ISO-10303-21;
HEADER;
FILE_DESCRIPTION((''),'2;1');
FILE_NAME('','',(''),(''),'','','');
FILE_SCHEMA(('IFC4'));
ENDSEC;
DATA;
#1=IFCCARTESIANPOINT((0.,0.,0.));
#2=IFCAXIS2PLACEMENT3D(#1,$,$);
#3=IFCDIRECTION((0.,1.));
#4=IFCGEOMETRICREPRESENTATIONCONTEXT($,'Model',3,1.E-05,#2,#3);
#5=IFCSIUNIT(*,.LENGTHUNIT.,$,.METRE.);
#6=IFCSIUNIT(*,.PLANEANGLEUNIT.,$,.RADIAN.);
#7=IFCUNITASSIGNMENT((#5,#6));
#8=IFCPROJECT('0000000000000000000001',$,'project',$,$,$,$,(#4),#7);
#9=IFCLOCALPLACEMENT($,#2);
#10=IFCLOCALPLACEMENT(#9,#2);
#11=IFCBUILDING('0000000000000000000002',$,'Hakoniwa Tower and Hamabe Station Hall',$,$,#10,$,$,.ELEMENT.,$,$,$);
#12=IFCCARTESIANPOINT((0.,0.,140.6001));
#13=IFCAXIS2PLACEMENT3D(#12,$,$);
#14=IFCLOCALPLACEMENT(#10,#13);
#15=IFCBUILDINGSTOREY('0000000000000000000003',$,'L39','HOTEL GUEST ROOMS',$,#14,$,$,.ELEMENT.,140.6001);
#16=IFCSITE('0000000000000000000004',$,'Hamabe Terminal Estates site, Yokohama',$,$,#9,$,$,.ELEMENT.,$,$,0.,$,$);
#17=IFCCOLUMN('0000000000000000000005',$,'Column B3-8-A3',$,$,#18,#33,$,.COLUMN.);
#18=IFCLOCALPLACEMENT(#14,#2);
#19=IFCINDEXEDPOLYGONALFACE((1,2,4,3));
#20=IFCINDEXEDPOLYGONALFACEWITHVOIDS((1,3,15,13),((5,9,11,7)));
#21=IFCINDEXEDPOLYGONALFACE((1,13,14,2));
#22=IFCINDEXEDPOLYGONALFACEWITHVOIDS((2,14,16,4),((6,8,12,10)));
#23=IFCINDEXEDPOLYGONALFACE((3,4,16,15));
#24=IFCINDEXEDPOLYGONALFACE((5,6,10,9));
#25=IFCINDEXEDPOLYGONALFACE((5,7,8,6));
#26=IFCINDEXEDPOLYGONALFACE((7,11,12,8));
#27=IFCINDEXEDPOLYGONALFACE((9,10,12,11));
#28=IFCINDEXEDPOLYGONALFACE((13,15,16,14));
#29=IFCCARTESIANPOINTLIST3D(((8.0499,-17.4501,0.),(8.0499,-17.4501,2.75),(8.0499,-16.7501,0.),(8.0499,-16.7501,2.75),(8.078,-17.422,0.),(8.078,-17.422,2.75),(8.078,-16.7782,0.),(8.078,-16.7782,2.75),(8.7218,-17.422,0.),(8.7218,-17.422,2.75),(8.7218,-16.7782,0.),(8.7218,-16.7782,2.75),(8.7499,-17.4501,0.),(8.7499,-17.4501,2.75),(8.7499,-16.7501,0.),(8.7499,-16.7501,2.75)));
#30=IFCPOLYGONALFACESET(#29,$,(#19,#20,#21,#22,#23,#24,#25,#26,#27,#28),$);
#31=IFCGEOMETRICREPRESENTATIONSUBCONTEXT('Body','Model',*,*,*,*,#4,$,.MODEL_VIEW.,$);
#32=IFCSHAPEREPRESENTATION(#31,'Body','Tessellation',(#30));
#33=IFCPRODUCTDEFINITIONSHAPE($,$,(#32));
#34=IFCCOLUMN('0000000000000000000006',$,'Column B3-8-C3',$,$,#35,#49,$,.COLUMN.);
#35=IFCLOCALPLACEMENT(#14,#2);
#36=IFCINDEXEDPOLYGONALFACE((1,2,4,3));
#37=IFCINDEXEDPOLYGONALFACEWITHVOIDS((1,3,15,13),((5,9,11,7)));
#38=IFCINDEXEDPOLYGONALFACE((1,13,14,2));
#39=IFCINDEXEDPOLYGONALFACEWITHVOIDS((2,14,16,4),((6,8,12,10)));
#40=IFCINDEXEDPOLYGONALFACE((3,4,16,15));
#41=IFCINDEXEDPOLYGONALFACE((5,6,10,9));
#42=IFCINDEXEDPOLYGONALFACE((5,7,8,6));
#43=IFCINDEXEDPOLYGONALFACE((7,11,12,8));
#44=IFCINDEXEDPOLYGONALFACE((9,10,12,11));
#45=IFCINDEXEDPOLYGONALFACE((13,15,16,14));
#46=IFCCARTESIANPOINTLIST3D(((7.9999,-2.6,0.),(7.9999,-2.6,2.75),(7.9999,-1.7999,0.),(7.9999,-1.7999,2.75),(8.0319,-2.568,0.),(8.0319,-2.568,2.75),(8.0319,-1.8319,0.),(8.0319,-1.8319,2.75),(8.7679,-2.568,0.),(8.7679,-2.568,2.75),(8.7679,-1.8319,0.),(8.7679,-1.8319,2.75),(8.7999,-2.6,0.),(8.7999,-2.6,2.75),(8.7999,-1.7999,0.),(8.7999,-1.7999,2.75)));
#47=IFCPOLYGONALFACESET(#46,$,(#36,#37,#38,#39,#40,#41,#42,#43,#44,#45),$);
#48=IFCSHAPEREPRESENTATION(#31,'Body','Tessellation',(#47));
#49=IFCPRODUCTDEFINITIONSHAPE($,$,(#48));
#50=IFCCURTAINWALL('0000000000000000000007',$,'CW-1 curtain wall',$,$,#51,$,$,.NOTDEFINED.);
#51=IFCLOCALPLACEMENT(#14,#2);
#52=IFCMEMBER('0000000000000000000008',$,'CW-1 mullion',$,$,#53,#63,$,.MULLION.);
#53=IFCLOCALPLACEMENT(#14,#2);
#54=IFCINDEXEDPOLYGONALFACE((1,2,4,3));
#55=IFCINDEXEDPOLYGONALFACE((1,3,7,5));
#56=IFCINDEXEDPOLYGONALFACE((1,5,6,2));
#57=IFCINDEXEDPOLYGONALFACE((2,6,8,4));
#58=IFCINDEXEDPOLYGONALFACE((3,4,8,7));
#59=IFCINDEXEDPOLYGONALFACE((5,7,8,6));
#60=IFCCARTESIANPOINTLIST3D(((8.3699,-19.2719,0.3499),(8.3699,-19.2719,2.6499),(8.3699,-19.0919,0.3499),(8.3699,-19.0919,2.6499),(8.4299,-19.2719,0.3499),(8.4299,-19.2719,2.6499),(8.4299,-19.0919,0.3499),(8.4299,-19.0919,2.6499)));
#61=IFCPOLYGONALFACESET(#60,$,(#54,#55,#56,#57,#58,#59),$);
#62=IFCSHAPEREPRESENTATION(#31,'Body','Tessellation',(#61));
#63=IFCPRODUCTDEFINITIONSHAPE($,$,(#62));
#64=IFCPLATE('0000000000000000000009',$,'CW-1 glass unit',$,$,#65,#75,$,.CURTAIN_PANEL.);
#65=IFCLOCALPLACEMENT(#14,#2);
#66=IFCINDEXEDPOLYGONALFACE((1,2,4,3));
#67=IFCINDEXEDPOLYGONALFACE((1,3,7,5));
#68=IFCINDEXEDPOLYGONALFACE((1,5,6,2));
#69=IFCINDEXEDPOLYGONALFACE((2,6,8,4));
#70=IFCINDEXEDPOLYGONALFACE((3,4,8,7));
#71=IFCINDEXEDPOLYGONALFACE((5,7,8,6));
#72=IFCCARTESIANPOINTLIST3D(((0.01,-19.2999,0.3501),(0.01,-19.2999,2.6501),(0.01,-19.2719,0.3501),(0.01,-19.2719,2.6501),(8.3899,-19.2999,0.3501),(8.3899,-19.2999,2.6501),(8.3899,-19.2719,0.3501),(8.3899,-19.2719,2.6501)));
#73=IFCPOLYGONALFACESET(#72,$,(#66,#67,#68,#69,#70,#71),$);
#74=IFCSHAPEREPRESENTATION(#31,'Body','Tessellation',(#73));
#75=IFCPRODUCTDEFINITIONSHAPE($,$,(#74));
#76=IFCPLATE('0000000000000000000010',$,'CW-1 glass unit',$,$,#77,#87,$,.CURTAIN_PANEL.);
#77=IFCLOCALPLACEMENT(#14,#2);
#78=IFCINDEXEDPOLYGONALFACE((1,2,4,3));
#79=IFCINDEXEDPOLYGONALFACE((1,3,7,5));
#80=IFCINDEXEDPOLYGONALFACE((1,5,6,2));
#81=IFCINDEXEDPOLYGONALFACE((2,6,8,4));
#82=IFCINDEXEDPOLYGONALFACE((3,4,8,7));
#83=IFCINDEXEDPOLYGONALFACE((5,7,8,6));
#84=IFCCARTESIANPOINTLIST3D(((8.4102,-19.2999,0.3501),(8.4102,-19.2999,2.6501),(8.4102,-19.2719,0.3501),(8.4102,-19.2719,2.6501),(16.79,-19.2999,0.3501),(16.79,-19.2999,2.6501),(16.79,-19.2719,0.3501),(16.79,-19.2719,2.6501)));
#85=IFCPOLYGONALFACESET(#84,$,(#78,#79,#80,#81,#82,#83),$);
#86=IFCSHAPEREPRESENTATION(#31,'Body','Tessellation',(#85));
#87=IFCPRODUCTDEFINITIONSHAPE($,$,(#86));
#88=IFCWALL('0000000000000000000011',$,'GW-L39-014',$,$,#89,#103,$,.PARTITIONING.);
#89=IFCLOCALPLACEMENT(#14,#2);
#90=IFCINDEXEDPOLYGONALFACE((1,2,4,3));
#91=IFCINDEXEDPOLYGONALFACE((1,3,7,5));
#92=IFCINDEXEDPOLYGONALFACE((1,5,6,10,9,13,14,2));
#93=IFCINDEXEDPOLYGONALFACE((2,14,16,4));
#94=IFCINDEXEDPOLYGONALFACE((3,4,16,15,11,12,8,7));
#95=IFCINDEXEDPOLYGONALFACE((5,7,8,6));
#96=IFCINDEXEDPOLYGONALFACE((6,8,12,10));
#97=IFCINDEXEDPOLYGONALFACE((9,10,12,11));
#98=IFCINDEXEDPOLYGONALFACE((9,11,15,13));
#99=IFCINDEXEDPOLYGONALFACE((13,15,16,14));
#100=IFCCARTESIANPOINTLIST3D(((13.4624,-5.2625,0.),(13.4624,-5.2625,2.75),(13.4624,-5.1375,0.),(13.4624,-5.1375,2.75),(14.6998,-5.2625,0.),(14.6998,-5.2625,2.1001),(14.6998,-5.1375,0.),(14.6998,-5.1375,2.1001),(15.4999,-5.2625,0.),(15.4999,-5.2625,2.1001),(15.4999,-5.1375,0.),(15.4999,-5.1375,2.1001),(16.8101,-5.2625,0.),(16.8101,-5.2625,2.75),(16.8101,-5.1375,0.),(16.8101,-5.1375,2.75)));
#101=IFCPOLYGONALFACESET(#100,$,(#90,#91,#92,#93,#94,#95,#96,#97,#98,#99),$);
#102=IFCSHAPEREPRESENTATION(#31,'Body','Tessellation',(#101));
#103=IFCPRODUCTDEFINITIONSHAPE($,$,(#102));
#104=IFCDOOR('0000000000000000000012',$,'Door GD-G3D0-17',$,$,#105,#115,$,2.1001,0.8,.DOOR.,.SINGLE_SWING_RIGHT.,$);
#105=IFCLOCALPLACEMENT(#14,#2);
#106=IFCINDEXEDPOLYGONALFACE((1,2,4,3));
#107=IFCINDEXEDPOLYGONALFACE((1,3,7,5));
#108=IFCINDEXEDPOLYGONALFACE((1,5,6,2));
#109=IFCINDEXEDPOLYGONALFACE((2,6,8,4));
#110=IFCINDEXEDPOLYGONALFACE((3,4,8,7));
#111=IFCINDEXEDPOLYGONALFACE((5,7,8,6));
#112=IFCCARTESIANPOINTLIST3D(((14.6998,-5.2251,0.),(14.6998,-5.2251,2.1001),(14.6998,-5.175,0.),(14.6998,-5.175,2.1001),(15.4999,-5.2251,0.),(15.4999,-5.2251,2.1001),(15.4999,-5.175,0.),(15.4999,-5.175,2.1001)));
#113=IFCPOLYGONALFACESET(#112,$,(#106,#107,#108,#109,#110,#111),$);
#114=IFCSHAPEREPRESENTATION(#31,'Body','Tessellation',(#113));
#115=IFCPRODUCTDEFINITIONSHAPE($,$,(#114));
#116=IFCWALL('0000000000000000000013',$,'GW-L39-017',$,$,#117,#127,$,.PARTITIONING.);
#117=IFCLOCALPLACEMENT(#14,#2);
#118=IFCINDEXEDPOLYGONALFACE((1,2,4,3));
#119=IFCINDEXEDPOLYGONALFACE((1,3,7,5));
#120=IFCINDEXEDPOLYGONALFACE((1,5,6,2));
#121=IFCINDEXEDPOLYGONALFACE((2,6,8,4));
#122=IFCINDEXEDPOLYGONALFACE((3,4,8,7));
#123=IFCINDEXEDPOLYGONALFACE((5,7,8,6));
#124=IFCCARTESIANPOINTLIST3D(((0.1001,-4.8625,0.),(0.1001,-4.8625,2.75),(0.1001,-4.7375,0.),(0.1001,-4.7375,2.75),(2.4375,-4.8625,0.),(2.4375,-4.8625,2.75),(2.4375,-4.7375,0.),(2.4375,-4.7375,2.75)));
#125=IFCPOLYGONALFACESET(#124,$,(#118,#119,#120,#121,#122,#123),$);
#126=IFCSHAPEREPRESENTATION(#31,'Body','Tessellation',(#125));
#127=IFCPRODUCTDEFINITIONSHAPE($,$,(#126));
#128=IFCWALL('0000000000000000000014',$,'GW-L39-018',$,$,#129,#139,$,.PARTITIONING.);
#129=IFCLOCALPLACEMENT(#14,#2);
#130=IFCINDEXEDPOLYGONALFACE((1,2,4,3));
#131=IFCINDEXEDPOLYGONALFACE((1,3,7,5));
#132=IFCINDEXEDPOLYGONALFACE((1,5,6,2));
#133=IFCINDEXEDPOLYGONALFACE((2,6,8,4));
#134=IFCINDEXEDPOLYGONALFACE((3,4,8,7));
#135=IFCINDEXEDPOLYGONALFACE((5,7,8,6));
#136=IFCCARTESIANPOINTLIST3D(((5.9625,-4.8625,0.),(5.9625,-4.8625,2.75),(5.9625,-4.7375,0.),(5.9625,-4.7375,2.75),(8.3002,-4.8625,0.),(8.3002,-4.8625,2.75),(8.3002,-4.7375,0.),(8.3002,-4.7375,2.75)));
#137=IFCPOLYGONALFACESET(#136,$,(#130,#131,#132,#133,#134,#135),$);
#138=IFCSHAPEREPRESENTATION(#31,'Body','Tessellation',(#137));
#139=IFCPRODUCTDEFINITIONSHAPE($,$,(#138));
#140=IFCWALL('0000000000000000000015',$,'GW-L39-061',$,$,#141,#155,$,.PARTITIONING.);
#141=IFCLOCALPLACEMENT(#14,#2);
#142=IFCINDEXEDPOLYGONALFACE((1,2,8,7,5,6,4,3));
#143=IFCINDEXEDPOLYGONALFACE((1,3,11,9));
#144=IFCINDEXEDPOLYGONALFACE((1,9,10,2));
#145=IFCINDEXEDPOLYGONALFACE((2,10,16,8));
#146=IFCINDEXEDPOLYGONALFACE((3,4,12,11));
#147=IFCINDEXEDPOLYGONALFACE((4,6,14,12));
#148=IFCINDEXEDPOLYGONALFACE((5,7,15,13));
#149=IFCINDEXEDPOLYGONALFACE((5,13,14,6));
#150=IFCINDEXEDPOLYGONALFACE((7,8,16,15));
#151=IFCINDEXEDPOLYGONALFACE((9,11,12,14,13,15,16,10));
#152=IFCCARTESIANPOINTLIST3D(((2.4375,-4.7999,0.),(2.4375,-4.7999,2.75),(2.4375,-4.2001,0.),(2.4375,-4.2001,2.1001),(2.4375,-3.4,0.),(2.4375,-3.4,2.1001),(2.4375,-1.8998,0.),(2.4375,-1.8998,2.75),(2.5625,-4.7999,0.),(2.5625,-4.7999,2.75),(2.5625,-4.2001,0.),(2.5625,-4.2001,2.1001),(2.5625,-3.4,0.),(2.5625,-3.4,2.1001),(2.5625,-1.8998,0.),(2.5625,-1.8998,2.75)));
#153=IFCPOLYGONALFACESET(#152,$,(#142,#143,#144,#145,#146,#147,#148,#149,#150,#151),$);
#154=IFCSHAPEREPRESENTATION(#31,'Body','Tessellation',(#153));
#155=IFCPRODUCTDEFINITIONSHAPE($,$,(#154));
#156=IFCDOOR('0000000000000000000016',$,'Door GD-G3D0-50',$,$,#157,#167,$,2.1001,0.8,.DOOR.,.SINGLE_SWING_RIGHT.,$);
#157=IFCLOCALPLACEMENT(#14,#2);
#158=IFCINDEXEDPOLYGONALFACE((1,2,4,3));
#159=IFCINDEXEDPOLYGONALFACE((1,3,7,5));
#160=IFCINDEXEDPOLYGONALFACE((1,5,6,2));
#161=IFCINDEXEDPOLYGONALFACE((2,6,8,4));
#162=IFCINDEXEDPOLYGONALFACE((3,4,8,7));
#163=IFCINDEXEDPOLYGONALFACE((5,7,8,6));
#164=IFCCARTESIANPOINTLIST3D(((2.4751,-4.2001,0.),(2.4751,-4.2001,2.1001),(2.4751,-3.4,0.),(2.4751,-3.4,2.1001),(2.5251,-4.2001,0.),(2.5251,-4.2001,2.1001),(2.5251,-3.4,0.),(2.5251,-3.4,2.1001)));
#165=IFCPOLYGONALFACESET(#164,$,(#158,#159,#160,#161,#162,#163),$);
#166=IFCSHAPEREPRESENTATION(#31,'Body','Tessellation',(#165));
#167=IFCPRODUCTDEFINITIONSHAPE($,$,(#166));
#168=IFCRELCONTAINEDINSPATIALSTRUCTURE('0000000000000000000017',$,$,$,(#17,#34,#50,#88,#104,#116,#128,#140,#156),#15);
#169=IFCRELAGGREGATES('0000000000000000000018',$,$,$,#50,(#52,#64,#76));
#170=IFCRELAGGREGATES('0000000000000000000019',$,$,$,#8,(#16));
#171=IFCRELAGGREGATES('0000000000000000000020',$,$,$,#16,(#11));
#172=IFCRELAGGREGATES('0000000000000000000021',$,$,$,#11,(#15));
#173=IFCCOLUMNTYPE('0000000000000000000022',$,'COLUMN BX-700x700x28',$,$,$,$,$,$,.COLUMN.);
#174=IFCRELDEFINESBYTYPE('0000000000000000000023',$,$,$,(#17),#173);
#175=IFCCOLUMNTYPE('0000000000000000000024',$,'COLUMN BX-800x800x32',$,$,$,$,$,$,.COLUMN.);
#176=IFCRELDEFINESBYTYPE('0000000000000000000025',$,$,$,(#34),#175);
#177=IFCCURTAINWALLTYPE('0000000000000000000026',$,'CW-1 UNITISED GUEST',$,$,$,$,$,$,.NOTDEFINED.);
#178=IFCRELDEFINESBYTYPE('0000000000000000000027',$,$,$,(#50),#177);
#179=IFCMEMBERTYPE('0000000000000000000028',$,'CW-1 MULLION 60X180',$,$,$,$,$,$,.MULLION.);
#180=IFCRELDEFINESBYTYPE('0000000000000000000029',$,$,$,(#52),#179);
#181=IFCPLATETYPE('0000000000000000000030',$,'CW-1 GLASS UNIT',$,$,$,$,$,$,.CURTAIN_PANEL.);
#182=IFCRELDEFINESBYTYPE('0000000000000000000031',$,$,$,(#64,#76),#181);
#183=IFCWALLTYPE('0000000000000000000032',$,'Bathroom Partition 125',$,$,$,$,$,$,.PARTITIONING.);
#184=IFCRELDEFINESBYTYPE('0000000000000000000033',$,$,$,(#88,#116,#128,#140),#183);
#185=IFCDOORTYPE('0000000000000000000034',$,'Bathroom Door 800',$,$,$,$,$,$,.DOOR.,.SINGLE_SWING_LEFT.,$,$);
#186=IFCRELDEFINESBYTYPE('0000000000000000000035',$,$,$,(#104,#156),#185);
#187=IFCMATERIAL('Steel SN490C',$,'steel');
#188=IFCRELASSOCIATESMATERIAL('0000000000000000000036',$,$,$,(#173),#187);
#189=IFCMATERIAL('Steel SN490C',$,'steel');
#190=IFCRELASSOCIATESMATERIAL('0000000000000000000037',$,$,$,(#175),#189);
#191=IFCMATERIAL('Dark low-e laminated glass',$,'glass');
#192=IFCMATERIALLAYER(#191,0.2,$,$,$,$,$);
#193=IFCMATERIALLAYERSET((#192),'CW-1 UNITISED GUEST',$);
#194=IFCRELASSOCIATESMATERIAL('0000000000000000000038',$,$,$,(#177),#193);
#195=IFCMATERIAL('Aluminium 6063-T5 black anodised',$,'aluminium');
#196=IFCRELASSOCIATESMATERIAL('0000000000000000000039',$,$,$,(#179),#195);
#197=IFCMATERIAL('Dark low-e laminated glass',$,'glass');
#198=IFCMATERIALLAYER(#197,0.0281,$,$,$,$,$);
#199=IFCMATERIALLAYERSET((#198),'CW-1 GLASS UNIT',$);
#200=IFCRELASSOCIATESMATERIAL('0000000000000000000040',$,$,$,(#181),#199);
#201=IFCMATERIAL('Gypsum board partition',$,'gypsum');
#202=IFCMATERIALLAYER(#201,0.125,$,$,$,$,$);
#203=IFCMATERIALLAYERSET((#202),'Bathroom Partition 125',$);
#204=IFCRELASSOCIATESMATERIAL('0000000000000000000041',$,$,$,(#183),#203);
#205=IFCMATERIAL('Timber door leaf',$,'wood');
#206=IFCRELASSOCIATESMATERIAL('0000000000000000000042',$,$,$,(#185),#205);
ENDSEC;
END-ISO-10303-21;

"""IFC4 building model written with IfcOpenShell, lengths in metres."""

from ifc_helpers import new_model, si_unit, direction, frame, frame_2d, origin, origin_2d, place, context, subcontext, project, spatial, rectangle, hollow_rectangle, extrude, material, layer, layer_set, material_profile, profile_set, type_object, element, fill, aggregate, save


model = new_model("IFC4")

# Units and contexts
model_context = context("Model", 3, precision=1e-05, world=origin(), true_north=direction((0.0, 1.0)))
body_context = subcontext(model_context, "Body", "Model", "MODEL_VIEW")
ifc_project = project(units=[si_unit("LENGTHUNIT", "METRE"), si_unit("PLANEANGLEUNIT", "RADIAN")], contexts=[model_context])

# Site, building, storey
site_placement = place(None, origin())
site = spatial("IfcSite", under=ifc_project, at=site_placement, Name="Hamabe Terminal Estates site, Yokohama", CompositionType="ELEMENT", RefElevation=0.0)
building_placement = place(site_placement, origin())
building = spatial("IfcBuilding", under=site, at=building_placement, Name="Hakoniwa Tower and Hamabe Station Hall", CompositionType="ELEMENT")
storey_placement = place(building_placement, frame((0.0, 0.0, 140.6001)))
storey = spatial("IfcBuildingStorey", under=building, at=storey_placement, Name="L39", Description="HOTEL GUEST ROOMS", CompositionType="ELEMENT", Elevation=140.6001)

# Columns
ifc_material_1 = material(Name="Steel SN490C", Category="steel")
ifc_material_profile_1 = material_profile(ifc_material_1, hollow_rectangle(XDim=0.7, YDim=0.7, WallThickness=0.0281, at=origin_2d()), Name="BX-700x700x28")
ifc_profile_set_1 = profile_set([ifc_material_profile_1], Name="Steel SN490C")
column_type_1 = type_object("IfcColumnType", Name="COLUMN BX-700x700x28", PredefinedType="COLUMN", material=ifc_profile_set_1)
column_1_placement = place(storey_placement, frame((8.3999, -17.1001, 0.0), z_axis=(0.0, 0.0, 1.0), x_axis=(1.0, 0.0, 0.0)))
element("IfcColumn", 1, at=column_1_placement, inside=storey, type_object=column_type_1, Name="Column B3-8-A3", PredefinedType="COLUMN", context=body_context, shape_type="SweptSolid", body=[
    extrude(hollow_rectangle(XDim=0.7, YDim=0.7, WallThickness=0.0281, at=origin_2d()), origin(), (0.0, 0.0, 1.0), 2.75),
])
ifc_material_2 = material(Name="Steel SN490C", Category="steel")
ifc_material_profile_2 = material_profile(ifc_material_2, hollow_rectangle(XDim=0.8, YDim=0.8, WallThickness=0.032, at=origin_2d()), Name="BX-800x800x32")
ifc_profile_set_2 = profile_set([ifc_material_profile_2], Name="Steel SN490C")
column_type_2 = type_object("IfcColumnType", Name="COLUMN BX-800x800x32", PredefinedType="COLUMN", material=ifc_profile_set_2)
column_2_placement = place(storey_placement, frame((8.3999, -2.2, 0.0), z_axis=(0.0, 0.0, 1.0), x_axis=(1.0, 0.0, 0.0)))
element("IfcColumn", 2, at=column_2_placement, inside=storey, type_object=column_type_2, Name="Column B3-8-C3", PredefinedType="COLUMN", context=body_context, shape_type="SweptSolid", body=[
    extrude(hollow_rectangle(XDim=0.8, YDim=0.8, WallThickness=0.032, at=origin_2d()), origin(), (0.0, 0.0, 1.0), 2.75),
])

# Curtain wall, member, plates
ifc_material_3 = material(Name="Dark low-e laminated glass", Category="glass")
ifc_layer_1 = layer(ifc_material_3, 0.2)
ifc_layer_set_1 = layer_set([ifc_layer_1], Name="CW-1 UNITISED GUEST")
curtain_wall_type = type_object("IfcCurtainWallType", Name="CW-1 UNITISED GUEST", PredefinedType="NOTDEFINED", material=ifc_layer_set_1)
curtain_wall_placement = place(storey_placement, origin())
curtain_wall = element("IfcCurtainWall", 3, at=curtain_wall_placement, inside=storey, type_object=curtain_wall_type, Name="CW-1 curtain wall", PredefinedType="NOTDEFINED")
ifc_material_4 = material(Name="Aluminium 6063-T5 black anodised", Category="aluminium")
ifc_material_profile_3 = material_profile(ifc_material_4, rectangle(XDim=0.0601, YDim=0.1799, at=origin_2d()), Name="CW-1 MULLION 60X180")
ifc_profile_set_3 = profile_set([ifc_material_profile_3], Name="Aluminium 6063-T5 black anodised")
member_type = type_object("IfcMemberType", Name="CW-1 MULLION 60X180", PredefinedType="MULLION", material=ifc_profile_set_3)
member_placement = place(storey_placement, frame((8.3999, -19.1819, 0.3499), z_axis=(0.0, 0.0, 1.0), x_axis=(1.0, 0.0, 0.0)))
member = element("IfcMember", 4, at=member_placement, type_object=member_type, Name="CW-1 mullion", PredefinedType="MULLION", context=body_context, shape_type="SweptSolid", body=[
    extrude(rectangle(XDim=0.0601, YDim=0.1799, at=origin_2d()), origin(), (0.0, 0.0, 1.0), 2.3),
])
ifc_material_5 = material(Name="Dark low-e laminated glass", Category="glass")
ifc_layer_2 = layer(ifc_material_5, 0.0281)
ifc_layer_set_2 = layer_set([ifc_layer_2], Name="CW-1 GLASS UNIT")
plate_type = type_object("IfcPlateType", Name="CW-1 GLASS UNIT", PredefinedType="CURTAIN_PANEL", material=ifc_layer_set_2)
plate_1_placement = place(storey_placement, frame((4.2, -19.2859, 0.3501), z_axis=(0.0, 0.0, 1.0), x_axis=(1.0, 0.0, 0.0)))
plate_1 = element("IfcPlate", 5, at=plate_1_placement, type_object=plate_type, Name="CW-1 glass unit", PredefinedType="CURTAIN_PANEL", context=body_context, shape_type="SweptSolid", body=[
    extrude(rectangle(XDim=8.3799, YDim=0.0281, at=origin_2d()), origin(), (0.0, 0.0, 1.0), 2.3),
])
plate_2_placement = place(storey_placement, frame((12.6001, -19.2859, 0.3501), z_axis=(0.0, 0.0, 1.0), x_axis=(1.0, 0.0, 0.0)))
plate_2 = element("IfcPlate", 6, at=plate_2_placement, type_object=plate_type, Name="CW-1 glass unit", PredefinedType="CURTAIN_PANEL", context=body_context, shape_type="SweptSolid", body=[
    extrude(rectangle(XDim=8.3799, YDim=0.0281, at=origin_2d()), origin(), (0.0, 0.0, 1.0), 2.3),
])
aggregate(curtain_wall, [member, plate_1, plate_2])

# Wall, opening, door
ifc_material_6 = material(Name="Gypsum board partition", Category="gypsum")
ifc_layer_3 = layer(ifc_material_6, 0.125)
ifc_layer_set_3 = layer_set([ifc_layer_3], Name="Bathroom Partition 125")
wall_type_1 = type_object("IfcWallType", Name="Bathroom Partition 125", PredefinedType="PARTITIONING", material=ifc_layer_set_3)
wall_1_placement = place(storey_placement, frame((13.4624, -5.2, 0.0), z_axis=(0.0, 0.0, 1.0), x_axis=(1.0, 0.0, 0.0)))
wall_1 = element("IfcWall", 7, at=wall_1_placement, inside=storey, type_object=wall_type_1, Name="GW-L39-014", PredefinedType="PARTITIONING", context=body_context, shape_type="SweptSolid", body=[
    extrude(rectangle(XDim=3.3477, YDim=0.125, at=frame_2d((1.6738, 0.0))), origin(), (0.0, 0.0, 1.0), 2.75),
])
opening_1_placement = place(wall_1_placement, frame((1.2375, 0.0, 0.0)))
opening_1 = element("IfcOpeningElement", 8, at=opening_1_placement, cuts=wall_1, PredefinedType="OPENING", context=body_context, shape_type="SweptSolid", body=[
    extrude(rectangle(XDim=0.8, YDim=2.1001, at=frame_2d((0.3999, 1.05))), frame((0.0, 0.0725, 0.0), z_axis=(0.0, -1.0, 0.0), x_axis=(1.0, 0.0, 0.0)), (0.0, 0.0, 1.0), 0.145),
])
ifc_material_7 = material(Name="Timber door leaf", Category="wood")
door_type = type_object("IfcDoorType", Name="Bathroom Door 800", OperationType="SINGLE_SWING_LEFT", PredefinedType="DOOR", material=ifc_material_7)
door_1_placement = place(opening_1_placement, origin())
door_1 = element("IfcDoor", 9, at=door_1_placement, inside=storey, type_object=door_type, Name="Door GD-G3D0-17", OperationType="SINGLE_SWING_RIGHT", OverallHeight=2.1001, OverallWidth=0.8, PredefinedType="DOOR", context=body_context, shape_type="SweptSolid", body=[
    extrude(rectangle(XDim=0.8, YDim=2.1001, at=frame_2d((0.3999, 1.05))), frame((0.0, 0.0249, 0.0), z_axis=(0.0, -1.0, 0.0), x_axis=(1.0, 0.0, 0.0)), (0.0, 0.0, 1.0), 0.05),
])
fill(opening_1, door_1)

# Walls
wall_2_placement = place(storey_placement, frame((0.1001, -4.8, 0.0), z_axis=(0.0, 0.0, 1.0), x_axis=(1.0, 0.0, 0.0)))
element("IfcWall", 10, at=wall_2_placement, inside=storey, type_object=wall_type_1, Name="GW-L39-017", PredefinedType="PARTITIONING", context=body_context, shape_type="SweptSolid", body=[
    extrude(rectangle(XDim=2.3374, YDim=0.125, at=frame_2d((1.1687, 0.0))), origin(), (0.0, 0.0, 1.0), 2.75),
])
wall_3_placement = place(storey_placement, frame((5.9624, -4.8, 0.0), z_axis=(0.0, 0.0, 1.0), x_axis=(1.0, 0.0, 0.0)))
element("IfcWall", 11, at=wall_3_placement, inside=storey, type_object=wall_type_1, Name="GW-L39-018", PredefinedType="PARTITIONING", context=body_context, shape_type="SweptSolid", body=[
    extrude(rectangle(XDim=2.3376, YDim=0.125, at=frame_2d((1.1689, 0.0))), origin(), (0.0, 0.0, 1.0), 2.75),
])

# Wall, opening, door
wall_4_placement = place(storey_placement, frame((2.5, -4.8, 0.0), z_axis=(0.0, 0.0, 1.0), x_axis=(0.0, 1.0, 0.0)))
wall_4 = element("IfcWall", 12, at=wall_4_placement, inside=storey, type_object=wall_type_1, Name="GW-L39-061", PredefinedType="PARTITIONING", context=body_context, shape_type="SweptSolid", body=[
    extrude(rectangle(XDim=2.9001, YDim=0.125, at=frame_2d((1.4502, 0.0))), origin(), (0.0, 0.0, 1.0), 2.75),
])
opening_2_placement = place(wall_4_placement, frame((0.6001, 0.0, 0.0)))
opening_2 = element("IfcOpeningElement", 13, at=opening_2_placement, cuts=wall_4, PredefinedType="OPENING", context=body_context, shape_type="SweptSolid", body=[
    extrude(rectangle(XDim=0.8, YDim=2.1001, at=frame_2d((0.3999, 1.05))), frame((0.0, 0.0725, 0.0), z_axis=(0.0, -1.0, 0.0), x_axis=(1.0, 0.0, 0.0)), (0.0, 0.0, 1.0), 0.145),
])
door_2_placement = place(opening_2_placement, origin())
door_2 = element("IfcDoor", 14, at=door_2_placement, inside=storey, type_object=door_type, Name="Door GD-G3D0-50", OperationType="SINGLE_SWING_RIGHT", OverallHeight=2.1001, OverallWidth=0.8, PredefinedType="DOOR", context=body_context, shape_type="SweptSolid", body=[
    extrude(rectangle(XDim=0.8, YDim=2.1001, at=frame_2d((0.3999, 1.05))), frame((0.0, 0.0249, 0.0), z_axis=(0.0, -1.0, 0.0), x_axis=(1.0, 0.0, 0.0)), (0.0, 0.0, 1.0), 0.05),
])
fill(opening_2, door_2)

save(model, "model.ifc")
